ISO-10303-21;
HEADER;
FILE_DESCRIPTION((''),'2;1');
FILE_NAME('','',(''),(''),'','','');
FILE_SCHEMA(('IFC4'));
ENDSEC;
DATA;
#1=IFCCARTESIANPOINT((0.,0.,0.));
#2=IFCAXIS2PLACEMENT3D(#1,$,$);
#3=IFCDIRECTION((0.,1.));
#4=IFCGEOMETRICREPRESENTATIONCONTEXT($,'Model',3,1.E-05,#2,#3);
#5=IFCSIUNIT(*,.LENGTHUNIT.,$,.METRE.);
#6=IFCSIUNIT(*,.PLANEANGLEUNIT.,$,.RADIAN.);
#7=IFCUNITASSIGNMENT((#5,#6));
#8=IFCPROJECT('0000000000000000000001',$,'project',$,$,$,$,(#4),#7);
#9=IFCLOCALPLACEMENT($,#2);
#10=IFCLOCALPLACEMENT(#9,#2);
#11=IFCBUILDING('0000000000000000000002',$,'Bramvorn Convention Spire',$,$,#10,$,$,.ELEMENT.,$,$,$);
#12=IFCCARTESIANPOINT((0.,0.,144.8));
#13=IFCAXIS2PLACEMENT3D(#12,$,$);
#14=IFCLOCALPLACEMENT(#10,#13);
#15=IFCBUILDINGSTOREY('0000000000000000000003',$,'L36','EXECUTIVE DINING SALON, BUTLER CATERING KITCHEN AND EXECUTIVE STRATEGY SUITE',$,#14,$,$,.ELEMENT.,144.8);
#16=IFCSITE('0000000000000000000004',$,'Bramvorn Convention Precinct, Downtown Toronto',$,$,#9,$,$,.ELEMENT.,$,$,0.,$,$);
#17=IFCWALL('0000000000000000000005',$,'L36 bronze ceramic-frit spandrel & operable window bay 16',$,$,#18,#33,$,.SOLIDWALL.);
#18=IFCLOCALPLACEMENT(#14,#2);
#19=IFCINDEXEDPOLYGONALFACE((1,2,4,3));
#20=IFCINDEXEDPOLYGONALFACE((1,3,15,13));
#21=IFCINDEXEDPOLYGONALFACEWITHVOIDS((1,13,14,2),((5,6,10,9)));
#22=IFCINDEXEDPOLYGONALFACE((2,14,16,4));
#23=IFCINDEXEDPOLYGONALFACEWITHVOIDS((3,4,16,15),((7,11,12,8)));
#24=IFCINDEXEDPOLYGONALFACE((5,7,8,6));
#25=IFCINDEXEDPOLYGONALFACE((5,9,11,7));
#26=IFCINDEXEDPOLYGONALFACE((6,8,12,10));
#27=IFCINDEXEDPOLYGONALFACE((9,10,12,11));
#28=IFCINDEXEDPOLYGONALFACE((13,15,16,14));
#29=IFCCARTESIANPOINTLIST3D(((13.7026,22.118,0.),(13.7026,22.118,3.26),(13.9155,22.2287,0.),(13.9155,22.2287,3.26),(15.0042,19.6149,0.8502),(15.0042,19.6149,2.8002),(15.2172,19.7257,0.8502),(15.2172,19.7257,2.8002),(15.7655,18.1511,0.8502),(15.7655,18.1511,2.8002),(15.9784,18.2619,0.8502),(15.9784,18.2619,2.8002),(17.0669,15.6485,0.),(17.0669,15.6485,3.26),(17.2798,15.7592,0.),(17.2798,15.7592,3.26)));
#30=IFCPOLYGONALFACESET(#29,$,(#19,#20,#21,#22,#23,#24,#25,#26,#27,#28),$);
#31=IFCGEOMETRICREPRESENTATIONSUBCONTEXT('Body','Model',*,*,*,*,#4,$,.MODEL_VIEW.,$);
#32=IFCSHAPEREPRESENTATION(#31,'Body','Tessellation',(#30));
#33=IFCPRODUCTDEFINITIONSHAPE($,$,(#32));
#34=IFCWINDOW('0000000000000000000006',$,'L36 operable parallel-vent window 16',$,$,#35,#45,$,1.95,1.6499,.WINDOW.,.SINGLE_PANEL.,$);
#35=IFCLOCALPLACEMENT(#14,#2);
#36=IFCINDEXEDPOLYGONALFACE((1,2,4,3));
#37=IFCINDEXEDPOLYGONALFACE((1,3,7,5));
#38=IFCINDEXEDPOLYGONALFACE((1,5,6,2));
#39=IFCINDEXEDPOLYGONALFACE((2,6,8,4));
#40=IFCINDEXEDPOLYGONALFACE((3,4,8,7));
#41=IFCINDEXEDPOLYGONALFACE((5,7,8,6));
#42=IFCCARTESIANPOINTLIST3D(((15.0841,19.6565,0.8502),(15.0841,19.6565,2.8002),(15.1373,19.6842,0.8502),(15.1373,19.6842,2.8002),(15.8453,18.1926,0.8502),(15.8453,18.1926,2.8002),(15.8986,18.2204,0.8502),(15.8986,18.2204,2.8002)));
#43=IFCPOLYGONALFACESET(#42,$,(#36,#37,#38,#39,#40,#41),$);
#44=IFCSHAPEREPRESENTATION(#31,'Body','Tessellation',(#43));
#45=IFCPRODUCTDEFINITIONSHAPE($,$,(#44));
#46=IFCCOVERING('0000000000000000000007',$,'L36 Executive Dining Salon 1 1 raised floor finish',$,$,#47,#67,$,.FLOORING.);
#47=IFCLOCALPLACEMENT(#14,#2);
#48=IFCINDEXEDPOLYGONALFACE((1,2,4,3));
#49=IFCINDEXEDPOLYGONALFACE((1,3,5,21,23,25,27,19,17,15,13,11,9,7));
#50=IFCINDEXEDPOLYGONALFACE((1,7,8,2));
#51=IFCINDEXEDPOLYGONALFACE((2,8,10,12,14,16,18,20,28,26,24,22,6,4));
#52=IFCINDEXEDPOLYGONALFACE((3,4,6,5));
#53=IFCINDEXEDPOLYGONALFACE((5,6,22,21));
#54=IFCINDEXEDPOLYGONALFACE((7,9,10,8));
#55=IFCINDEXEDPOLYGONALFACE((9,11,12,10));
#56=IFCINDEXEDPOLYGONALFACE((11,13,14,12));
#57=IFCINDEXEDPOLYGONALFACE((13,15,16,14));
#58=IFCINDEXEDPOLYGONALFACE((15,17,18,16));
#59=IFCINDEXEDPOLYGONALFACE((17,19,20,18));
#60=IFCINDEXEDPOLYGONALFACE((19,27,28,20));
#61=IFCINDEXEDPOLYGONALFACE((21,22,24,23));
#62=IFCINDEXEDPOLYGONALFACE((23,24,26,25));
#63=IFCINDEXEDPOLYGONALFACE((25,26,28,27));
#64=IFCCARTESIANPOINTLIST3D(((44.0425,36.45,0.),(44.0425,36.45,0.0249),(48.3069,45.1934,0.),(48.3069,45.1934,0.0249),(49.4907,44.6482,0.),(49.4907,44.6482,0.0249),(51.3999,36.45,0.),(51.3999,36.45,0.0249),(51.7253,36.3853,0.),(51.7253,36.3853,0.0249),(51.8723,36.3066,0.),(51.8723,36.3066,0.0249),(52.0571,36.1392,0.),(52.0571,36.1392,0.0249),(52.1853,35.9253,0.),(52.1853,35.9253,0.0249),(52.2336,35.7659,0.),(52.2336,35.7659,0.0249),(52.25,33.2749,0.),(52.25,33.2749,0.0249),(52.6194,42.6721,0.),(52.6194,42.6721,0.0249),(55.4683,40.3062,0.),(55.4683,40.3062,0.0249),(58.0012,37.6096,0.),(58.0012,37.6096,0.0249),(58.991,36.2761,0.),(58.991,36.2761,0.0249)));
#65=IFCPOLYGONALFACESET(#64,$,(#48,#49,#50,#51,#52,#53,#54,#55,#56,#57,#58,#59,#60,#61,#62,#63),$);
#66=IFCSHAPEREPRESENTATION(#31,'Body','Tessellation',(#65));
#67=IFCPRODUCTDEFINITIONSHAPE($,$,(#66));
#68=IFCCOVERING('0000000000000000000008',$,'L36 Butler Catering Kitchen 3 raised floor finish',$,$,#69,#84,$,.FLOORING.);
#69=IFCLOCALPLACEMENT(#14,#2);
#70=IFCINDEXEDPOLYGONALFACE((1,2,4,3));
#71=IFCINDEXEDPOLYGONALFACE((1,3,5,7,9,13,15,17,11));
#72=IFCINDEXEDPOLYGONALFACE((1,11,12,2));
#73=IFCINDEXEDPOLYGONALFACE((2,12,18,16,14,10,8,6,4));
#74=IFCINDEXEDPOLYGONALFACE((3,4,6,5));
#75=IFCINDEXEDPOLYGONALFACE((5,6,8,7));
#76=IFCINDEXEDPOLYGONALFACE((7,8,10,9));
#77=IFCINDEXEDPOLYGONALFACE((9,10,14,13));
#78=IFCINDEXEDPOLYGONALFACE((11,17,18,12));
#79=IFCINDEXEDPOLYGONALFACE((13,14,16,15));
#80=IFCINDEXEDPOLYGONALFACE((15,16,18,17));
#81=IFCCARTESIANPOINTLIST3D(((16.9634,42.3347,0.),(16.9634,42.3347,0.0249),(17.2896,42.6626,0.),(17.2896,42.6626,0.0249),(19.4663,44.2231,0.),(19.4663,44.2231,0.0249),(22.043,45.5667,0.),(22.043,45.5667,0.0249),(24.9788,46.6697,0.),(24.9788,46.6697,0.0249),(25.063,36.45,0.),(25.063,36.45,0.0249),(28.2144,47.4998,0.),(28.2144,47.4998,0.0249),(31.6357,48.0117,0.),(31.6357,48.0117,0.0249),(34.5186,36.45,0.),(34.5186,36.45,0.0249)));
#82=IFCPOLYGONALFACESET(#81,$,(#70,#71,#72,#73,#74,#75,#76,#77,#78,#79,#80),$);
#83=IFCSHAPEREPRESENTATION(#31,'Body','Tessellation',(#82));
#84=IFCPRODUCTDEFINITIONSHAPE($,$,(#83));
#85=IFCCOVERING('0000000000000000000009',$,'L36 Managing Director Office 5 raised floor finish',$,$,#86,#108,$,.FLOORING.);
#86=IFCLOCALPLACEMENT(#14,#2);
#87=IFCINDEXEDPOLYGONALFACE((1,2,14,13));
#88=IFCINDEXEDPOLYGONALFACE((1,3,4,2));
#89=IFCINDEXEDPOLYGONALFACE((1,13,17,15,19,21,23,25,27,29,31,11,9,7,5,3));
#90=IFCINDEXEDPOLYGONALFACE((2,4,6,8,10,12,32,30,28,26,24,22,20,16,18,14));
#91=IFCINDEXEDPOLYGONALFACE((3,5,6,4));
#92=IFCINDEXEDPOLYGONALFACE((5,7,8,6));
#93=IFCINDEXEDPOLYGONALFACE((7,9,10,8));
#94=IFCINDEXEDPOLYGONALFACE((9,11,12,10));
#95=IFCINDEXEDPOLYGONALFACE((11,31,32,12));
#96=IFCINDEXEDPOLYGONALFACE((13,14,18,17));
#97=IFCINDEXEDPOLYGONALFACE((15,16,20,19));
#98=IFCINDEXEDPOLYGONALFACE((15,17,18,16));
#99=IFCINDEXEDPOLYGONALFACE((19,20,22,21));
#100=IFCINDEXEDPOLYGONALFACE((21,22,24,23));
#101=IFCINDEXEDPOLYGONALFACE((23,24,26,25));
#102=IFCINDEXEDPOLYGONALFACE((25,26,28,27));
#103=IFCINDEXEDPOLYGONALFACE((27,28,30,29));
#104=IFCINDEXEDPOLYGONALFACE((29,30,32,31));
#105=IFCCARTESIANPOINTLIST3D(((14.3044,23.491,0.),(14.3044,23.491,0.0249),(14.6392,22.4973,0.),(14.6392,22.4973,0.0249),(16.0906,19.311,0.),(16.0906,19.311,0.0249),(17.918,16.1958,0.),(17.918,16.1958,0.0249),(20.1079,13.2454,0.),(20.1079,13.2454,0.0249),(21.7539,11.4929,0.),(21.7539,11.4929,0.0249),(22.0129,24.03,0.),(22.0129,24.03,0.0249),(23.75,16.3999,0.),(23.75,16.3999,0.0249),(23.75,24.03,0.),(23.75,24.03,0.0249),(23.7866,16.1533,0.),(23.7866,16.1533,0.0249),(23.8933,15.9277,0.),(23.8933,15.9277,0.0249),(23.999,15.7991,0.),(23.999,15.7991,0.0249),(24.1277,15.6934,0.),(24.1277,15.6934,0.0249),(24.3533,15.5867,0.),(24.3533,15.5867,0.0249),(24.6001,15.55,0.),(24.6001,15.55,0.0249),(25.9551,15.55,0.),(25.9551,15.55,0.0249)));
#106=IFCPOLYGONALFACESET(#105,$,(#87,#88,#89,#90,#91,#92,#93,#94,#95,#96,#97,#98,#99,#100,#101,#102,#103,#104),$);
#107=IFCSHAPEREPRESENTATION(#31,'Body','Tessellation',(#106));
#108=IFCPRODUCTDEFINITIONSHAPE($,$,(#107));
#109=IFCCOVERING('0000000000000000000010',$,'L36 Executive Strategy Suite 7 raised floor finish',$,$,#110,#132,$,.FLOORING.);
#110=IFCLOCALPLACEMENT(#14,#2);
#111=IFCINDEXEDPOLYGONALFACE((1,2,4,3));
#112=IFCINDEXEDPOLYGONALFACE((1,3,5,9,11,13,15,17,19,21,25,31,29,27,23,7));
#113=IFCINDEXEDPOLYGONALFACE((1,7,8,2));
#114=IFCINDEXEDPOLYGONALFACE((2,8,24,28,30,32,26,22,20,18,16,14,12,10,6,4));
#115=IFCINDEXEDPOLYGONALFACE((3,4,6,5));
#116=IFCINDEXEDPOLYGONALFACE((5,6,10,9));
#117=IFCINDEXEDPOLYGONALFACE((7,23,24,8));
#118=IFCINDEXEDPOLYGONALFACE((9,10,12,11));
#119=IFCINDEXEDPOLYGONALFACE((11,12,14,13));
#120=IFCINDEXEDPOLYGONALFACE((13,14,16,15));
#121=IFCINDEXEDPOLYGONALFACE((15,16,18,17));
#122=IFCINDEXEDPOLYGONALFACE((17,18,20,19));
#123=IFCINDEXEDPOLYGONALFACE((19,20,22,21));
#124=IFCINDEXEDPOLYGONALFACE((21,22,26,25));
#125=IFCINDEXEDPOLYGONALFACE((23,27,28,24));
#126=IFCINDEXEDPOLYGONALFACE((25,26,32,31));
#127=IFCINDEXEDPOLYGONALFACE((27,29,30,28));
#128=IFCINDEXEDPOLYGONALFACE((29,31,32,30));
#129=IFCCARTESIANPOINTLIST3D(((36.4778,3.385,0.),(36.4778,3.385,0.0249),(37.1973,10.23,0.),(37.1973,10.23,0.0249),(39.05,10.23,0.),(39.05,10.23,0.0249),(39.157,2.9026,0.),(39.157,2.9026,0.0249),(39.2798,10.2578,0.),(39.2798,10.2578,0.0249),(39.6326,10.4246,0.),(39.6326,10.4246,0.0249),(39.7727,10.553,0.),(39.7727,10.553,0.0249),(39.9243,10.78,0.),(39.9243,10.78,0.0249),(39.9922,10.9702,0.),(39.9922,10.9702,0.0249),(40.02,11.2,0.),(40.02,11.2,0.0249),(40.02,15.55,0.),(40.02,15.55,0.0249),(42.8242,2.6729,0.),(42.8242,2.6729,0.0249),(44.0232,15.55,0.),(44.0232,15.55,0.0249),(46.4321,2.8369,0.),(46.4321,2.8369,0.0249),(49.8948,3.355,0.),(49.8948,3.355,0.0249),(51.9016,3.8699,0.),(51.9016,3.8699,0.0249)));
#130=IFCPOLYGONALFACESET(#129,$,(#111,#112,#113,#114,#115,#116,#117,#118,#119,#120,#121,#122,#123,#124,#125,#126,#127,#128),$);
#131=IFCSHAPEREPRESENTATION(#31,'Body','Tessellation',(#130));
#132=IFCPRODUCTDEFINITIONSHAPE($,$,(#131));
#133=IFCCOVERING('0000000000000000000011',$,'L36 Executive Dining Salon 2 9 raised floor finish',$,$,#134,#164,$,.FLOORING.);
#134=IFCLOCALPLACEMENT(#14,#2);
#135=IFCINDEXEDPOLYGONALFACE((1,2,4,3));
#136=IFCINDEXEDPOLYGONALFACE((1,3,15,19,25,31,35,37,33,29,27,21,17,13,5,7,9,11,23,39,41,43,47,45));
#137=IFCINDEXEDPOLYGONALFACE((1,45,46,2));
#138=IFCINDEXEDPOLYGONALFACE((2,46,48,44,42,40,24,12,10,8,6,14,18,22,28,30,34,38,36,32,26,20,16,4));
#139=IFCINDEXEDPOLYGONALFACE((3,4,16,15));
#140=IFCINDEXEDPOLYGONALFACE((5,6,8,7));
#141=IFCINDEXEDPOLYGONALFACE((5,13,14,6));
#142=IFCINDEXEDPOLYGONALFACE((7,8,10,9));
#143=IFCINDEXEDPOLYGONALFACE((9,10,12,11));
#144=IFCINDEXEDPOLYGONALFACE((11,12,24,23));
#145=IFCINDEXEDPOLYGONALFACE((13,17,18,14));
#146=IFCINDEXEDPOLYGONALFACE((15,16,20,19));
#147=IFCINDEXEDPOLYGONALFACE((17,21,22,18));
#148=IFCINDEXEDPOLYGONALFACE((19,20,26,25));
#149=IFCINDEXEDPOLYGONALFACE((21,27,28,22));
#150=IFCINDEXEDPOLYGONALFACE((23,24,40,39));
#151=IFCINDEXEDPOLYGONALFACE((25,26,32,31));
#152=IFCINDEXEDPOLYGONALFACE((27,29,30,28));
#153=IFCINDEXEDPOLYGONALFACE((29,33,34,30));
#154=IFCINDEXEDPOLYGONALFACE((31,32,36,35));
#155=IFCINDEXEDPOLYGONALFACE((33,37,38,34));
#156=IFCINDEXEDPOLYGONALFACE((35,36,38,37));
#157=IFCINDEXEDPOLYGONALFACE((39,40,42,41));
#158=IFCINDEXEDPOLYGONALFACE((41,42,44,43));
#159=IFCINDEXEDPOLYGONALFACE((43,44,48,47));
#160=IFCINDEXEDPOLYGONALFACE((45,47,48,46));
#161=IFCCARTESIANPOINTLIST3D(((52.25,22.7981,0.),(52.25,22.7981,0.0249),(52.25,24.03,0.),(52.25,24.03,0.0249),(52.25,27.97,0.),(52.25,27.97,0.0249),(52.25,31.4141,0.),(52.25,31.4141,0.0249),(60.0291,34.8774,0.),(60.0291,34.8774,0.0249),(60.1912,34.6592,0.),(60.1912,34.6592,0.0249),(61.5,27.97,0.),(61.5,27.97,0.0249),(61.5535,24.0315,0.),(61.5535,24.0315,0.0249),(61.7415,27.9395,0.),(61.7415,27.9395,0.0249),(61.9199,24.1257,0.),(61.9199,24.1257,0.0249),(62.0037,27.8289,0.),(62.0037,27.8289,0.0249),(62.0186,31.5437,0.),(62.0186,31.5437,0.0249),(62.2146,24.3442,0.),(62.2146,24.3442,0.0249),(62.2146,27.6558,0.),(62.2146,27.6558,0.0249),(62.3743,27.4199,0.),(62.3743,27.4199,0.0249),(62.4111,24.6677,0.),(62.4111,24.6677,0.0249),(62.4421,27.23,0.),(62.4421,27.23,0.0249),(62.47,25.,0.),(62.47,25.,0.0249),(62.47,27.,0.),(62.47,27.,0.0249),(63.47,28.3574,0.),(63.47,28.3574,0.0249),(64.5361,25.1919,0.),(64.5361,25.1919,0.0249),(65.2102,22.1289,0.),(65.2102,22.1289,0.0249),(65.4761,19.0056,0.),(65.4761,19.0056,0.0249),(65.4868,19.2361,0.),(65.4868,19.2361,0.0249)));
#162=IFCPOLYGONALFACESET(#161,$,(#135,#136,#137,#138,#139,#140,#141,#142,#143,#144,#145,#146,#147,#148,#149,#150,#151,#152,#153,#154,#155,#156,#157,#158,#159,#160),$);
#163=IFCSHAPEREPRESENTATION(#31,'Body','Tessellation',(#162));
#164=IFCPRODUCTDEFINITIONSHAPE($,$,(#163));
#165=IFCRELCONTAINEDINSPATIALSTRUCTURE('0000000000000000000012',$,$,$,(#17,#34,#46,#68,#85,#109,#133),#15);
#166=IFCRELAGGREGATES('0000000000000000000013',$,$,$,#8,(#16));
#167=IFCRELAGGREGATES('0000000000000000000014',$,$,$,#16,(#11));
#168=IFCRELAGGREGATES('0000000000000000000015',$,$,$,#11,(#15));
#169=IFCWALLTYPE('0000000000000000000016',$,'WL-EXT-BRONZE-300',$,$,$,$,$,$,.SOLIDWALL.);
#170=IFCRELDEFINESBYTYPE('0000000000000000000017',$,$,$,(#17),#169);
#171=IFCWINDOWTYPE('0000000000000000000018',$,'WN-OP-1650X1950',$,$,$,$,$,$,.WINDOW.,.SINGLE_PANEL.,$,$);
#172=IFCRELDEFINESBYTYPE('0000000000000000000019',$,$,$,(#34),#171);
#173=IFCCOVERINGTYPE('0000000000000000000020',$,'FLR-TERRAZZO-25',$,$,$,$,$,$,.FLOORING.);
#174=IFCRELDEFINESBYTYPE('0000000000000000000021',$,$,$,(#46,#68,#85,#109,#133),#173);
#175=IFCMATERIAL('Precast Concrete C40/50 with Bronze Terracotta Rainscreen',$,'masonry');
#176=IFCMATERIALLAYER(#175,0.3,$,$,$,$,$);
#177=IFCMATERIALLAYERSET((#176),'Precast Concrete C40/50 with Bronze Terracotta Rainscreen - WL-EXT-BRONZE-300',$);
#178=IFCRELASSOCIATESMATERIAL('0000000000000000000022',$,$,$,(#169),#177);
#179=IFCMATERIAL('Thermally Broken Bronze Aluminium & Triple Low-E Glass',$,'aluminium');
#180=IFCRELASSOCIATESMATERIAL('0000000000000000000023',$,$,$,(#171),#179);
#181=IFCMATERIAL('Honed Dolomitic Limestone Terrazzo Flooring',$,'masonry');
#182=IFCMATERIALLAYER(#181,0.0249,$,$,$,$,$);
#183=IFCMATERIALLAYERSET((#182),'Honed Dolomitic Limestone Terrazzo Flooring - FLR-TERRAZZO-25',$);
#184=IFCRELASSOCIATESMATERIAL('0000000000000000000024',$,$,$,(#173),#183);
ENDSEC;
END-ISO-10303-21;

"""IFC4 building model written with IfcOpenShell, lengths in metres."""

from ifc_helpers import new_model, si_unit, direction, frame, frame_2d, origin, place, context, subcontext, project, spatial, polyline, rectangle, outline, extrude, material, layer, layer_set, type_object, element, fill, save


model = new_model("IFC4")

# Units and contexts
model_context = context("Model", 3, precision=1e-05, world=origin(), true_north=direction((0.0, 1.0)))
body_context = subcontext(model_context, "Body", "Model", "MODEL_VIEW")
ifc_project = project(units=[si_unit("LENGTHUNIT", "METRE"), si_unit("PLANEANGLEUNIT", "RADIAN")], contexts=[model_context])

# Site, building, storey
site_placement = place(None, origin())
site = spatial("IfcSite", under=ifc_project, at=site_placement, Name="Bramvorn Convention Precinct, Downtown Toronto", CompositionType="ELEMENT", RefElevation=0.0)
building_placement = place(site_placement, origin())
building = spatial("IfcBuilding", under=site, at=building_placement, Name="Bramvorn Convention Spire", CompositionType="ELEMENT")
storey_placement = place(building_placement, frame((0.0, 0.0, 144.8)))
storey = spatial("IfcBuildingStorey", under=building, at=storey_placement, Name="L36", Description="EXECUTIVE DINING SALON, BUTLER CATERING KITCHEN AND EXECUTIVE STRATEGY SUITE", CompositionType="ELEMENT", Elevation=144.8)

# Shared definitions
ifc_material_1 = material(Name="Precast Concrete C40/50 with Bronze Terracotta Rainscreen", Category="masonry")
ifc_layer_1 = layer(ifc_material_1, 0.3)
ifc_layer_set_1 = layer_set([ifc_layer_1], Name="Precast Concrete C40/50 with Bronze Terracotta Rainscreen - WL-EXT-BRONZE-300")
wall_type_1 = type_object("IfcWallType", Name="WL-EXT-BRONZE-300", PredefinedType="SOLIDWALL", material=ifc_layer_set_1)

# Wall, opening, window
wall_1_placement = place(storey_placement, frame((17.1733, 15.7039, 0.0), z_axis=(0.0, 0.0, 1.0), x_axis=(-0.461366, 0.88721, 0.0)))
wall_1 = element("IfcWall", 1, at=wall_1_placement, inside=storey, type_object=wall_type_1, Name="L36 bronze ceramic-frit spandrel & operable window bay 16", PredefinedType="SOLIDWALL", context=body_context, shape_type="SweptSolid", body=[
    extrude(rectangle(XDim=7.292, YDim=0.24, at=frame_2d((3.646, 0.0))), origin(), (0.0, 0.0, 1.0), 3.26),
])
opening_1_placement = place(wall_1_placement, frame((2.8208, 0.0, 0.8501)))
opening_1 = element("IfcOpeningElement", 2, at=opening_1_placement, cuts=wall_1, PredefinedType="OPENING", context=body_context, shape_type="SweptSolid", body=[
    extrude(rectangle(XDim=1.6499, YDim=1.95, at=frame_2d((0.825, 0.9751))), frame((0.0, 0.1299, 0.0), z_axis=(0.0, -1.0, 0.0), x_axis=(1.0, 0.0, 0.0)), (0.0, 0.0, 1.0), 0.26),
])
ifc_material_2 = material(Name="Thermally Broken Bronze Aluminium & Triple Low-E Glass", Category="aluminium")
window_type = type_object("IfcWindowType", Name="WN-OP-1650X1950", PartitioningType="SINGLE_PANEL", PredefinedType="WINDOW", material=ifc_material_2)
window_placement = place(opening_1_placement, origin())
window = element("IfcWindow", 3, at=window_placement, inside=storey, type_object=window_type, Name="L36 operable parallel-vent window 16", OverallHeight=1.95, OverallWidth=1.6499, PartitioningType="SINGLE_PANEL", PredefinedType="WINDOW", context=body_context, shape_type="SweptSolid", body=[
    extrude(rectangle(XDim=1.6499, YDim=1.95, at=frame_2d((0.825, 0.9751))), frame((0.0, 0.03, 0.0), z_axis=(0.0, -1.0, 0.0), x_axis=(1.0, 0.0, 0.0)), (0.0, 0.0, 1.0), 0.0601),
])
fill(opening_1, window)

# Coverings
ifc_material_3 = material(Name="Honed Dolomitic Limestone Terrazzo Flooring", Category="masonry")
ifc_layer_2 = layer(ifc_material_3, 0.0249)
ifc_layer_set_2 = layer_set([ifc_layer_2], Name="Honed Dolomitic Limestone Terrazzo Flooring - FLR-TERRAZZO-25")
covering_type = type_object("IfcCoveringType", Name="FLR-TERRAZZO-25", PredefinedType="FLOORING", material=ifc_layer_set_2)
covering_1_placement = place(storey_placement, origin())
element("IfcCovering", 4, at=covering_1_placement, inside=storey, type_object=covering_type, Name="L36 Executive Dining Salon 1 1 raised floor finish", PredefinedType="FLOORING", context=body_context, shape_type="SweptSolid", body=[
    extrude(outline(polyline([(49.4907, 44.6482), (48.3069, 45.1934), (44.0425, 36.45), (51.3999, 36.45), (51.7253, 36.3853), (51.8723, 36.3066), (52.0571, 36.1392), (52.1853, 35.9253), (52.2336, 35.7659), (52.25, 33.2749), (58.991, 36.2761), (58.0012, 37.6096), (55.4683, 40.3062), (52.6194, 42.6721), (49.4907, 44.6482)])), origin(), (0.0, 0.0, 1.0), 0.0249),
])
covering_2_placement = place(storey_placement, origin())
element("IfcCovering", 5, at=covering_2_placement, inside=storey, type_object=covering_type, Name="L36 Butler Catering Kitchen 3 raised floor finish", PredefinedType="FLOORING", context=body_context, shape_type="SweptSolid", body=[
    extrude(outline(polyline([(17.2896, 42.6626), (16.9634, 42.3347), (25.063, 36.45), (34.5186, 36.45), (31.6357, 48.0117), (28.2144, 47.4998), (24.9788, 46.6697), (22.043, 45.5667), (19.4663, 44.2231), (17.2896, 42.6626)])), origin(), (0.0, 0.0, 1.0), 0.0249),
])
covering_3_placement = place(storey_placement, origin())
element("IfcCovering", 6, at=covering_3_placement, inside=storey, type_object=covering_type, Name="L36 Managing Director Office 5 raised floor finish", PredefinedType="FLOORING", context=body_context, shape_type="SweptSolid", body=[
    extrude(outline(polyline([(20.1079, 13.2454), (21.7539, 11.4929), (25.9551, 15.55), (24.6001, 15.55), (24.3533, 15.5867), (24.1277, 15.6934), (23.999, 15.7991), (23.8933, 15.9277), (23.7866, 16.1533), (23.75, 16.3999), (23.75, 24.03), (22.0129, 24.03), (14.3044, 23.491), (14.6392, 22.4973), (16.0906, 19.311), (17.918, 16.1958), (20.1079, 13.2454)])), origin(), (0.0, 0.0, 1.0), 0.0249),
])
covering_4_placement = place(storey_placement, origin())
element("IfcCovering", 7, at=covering_4_placement, inside=storey, type_object=covering_type, Name="L36 Executive Strategy Suite 7 raised floor finish", PredefinedType="FLOORING", context=body_context, shape_type="SweptSolid", body=[
    extrude(outline(polyline([(36.4778, 3.385), (39.157, 2.9026), (42.8242, 2.6729), (46.4321, 2.8369), (49.8948, 3.355), (51.9016, 3.8699), (44.0232, 15.55), (40.02, 15.55), (40.02, 11.2), (39.9922, 10.9702), (39.9243, 10.78), (39.7727, 10.553), (39.6326, 10.4246), (39.2798, 10.2578), (39.05, 10.23), (37.1973, 10.23), (36.4778, 3.385)])), origin(), (0.0, 0.0, 1.0), 0.0249),
])
covering_5_placement = place(storey_placement, origin())
element("IfcCovering", 8, at=covering_5_placement, inside=storey, type_object=covering_type, Name="L36 Executive Dining Salon 2 9 raised floor finish", PredefinedType="FLOORING", context=body_context, shape_type="SweptSolid", body=[
    extrude(outline(polyline([(60.1912, 34.6592), (60.0291, 34.8774), (52.25, 31.4141), (52.25, 27.97), (61.5, 27.97), (61.7415, 27.9395), (62.0037, 27.8289), (62.2146, 27.6558), (62.3743, 27.4199), (62.4421, 27.23), (62.47, 27.0), (62.47, 25.0), (62.4111, 24.6677), (62.2146, 24.3442), (61.9199, 24.1257), (61.5535, 24.0315), (52.25, 24.03), (52.25, 22.7981), (65.4761, 19.0056), (65.4868, 19.2361), (65.2102, 22.1289), (64.5361, 25.1919), (63.47, 28.3574), (62.0186, 31.5437), (60.1912, 34.6592)])), origin(), (0.0, 0.0, 1.0), 0.0249),
])

save(model, "model.ifc")
